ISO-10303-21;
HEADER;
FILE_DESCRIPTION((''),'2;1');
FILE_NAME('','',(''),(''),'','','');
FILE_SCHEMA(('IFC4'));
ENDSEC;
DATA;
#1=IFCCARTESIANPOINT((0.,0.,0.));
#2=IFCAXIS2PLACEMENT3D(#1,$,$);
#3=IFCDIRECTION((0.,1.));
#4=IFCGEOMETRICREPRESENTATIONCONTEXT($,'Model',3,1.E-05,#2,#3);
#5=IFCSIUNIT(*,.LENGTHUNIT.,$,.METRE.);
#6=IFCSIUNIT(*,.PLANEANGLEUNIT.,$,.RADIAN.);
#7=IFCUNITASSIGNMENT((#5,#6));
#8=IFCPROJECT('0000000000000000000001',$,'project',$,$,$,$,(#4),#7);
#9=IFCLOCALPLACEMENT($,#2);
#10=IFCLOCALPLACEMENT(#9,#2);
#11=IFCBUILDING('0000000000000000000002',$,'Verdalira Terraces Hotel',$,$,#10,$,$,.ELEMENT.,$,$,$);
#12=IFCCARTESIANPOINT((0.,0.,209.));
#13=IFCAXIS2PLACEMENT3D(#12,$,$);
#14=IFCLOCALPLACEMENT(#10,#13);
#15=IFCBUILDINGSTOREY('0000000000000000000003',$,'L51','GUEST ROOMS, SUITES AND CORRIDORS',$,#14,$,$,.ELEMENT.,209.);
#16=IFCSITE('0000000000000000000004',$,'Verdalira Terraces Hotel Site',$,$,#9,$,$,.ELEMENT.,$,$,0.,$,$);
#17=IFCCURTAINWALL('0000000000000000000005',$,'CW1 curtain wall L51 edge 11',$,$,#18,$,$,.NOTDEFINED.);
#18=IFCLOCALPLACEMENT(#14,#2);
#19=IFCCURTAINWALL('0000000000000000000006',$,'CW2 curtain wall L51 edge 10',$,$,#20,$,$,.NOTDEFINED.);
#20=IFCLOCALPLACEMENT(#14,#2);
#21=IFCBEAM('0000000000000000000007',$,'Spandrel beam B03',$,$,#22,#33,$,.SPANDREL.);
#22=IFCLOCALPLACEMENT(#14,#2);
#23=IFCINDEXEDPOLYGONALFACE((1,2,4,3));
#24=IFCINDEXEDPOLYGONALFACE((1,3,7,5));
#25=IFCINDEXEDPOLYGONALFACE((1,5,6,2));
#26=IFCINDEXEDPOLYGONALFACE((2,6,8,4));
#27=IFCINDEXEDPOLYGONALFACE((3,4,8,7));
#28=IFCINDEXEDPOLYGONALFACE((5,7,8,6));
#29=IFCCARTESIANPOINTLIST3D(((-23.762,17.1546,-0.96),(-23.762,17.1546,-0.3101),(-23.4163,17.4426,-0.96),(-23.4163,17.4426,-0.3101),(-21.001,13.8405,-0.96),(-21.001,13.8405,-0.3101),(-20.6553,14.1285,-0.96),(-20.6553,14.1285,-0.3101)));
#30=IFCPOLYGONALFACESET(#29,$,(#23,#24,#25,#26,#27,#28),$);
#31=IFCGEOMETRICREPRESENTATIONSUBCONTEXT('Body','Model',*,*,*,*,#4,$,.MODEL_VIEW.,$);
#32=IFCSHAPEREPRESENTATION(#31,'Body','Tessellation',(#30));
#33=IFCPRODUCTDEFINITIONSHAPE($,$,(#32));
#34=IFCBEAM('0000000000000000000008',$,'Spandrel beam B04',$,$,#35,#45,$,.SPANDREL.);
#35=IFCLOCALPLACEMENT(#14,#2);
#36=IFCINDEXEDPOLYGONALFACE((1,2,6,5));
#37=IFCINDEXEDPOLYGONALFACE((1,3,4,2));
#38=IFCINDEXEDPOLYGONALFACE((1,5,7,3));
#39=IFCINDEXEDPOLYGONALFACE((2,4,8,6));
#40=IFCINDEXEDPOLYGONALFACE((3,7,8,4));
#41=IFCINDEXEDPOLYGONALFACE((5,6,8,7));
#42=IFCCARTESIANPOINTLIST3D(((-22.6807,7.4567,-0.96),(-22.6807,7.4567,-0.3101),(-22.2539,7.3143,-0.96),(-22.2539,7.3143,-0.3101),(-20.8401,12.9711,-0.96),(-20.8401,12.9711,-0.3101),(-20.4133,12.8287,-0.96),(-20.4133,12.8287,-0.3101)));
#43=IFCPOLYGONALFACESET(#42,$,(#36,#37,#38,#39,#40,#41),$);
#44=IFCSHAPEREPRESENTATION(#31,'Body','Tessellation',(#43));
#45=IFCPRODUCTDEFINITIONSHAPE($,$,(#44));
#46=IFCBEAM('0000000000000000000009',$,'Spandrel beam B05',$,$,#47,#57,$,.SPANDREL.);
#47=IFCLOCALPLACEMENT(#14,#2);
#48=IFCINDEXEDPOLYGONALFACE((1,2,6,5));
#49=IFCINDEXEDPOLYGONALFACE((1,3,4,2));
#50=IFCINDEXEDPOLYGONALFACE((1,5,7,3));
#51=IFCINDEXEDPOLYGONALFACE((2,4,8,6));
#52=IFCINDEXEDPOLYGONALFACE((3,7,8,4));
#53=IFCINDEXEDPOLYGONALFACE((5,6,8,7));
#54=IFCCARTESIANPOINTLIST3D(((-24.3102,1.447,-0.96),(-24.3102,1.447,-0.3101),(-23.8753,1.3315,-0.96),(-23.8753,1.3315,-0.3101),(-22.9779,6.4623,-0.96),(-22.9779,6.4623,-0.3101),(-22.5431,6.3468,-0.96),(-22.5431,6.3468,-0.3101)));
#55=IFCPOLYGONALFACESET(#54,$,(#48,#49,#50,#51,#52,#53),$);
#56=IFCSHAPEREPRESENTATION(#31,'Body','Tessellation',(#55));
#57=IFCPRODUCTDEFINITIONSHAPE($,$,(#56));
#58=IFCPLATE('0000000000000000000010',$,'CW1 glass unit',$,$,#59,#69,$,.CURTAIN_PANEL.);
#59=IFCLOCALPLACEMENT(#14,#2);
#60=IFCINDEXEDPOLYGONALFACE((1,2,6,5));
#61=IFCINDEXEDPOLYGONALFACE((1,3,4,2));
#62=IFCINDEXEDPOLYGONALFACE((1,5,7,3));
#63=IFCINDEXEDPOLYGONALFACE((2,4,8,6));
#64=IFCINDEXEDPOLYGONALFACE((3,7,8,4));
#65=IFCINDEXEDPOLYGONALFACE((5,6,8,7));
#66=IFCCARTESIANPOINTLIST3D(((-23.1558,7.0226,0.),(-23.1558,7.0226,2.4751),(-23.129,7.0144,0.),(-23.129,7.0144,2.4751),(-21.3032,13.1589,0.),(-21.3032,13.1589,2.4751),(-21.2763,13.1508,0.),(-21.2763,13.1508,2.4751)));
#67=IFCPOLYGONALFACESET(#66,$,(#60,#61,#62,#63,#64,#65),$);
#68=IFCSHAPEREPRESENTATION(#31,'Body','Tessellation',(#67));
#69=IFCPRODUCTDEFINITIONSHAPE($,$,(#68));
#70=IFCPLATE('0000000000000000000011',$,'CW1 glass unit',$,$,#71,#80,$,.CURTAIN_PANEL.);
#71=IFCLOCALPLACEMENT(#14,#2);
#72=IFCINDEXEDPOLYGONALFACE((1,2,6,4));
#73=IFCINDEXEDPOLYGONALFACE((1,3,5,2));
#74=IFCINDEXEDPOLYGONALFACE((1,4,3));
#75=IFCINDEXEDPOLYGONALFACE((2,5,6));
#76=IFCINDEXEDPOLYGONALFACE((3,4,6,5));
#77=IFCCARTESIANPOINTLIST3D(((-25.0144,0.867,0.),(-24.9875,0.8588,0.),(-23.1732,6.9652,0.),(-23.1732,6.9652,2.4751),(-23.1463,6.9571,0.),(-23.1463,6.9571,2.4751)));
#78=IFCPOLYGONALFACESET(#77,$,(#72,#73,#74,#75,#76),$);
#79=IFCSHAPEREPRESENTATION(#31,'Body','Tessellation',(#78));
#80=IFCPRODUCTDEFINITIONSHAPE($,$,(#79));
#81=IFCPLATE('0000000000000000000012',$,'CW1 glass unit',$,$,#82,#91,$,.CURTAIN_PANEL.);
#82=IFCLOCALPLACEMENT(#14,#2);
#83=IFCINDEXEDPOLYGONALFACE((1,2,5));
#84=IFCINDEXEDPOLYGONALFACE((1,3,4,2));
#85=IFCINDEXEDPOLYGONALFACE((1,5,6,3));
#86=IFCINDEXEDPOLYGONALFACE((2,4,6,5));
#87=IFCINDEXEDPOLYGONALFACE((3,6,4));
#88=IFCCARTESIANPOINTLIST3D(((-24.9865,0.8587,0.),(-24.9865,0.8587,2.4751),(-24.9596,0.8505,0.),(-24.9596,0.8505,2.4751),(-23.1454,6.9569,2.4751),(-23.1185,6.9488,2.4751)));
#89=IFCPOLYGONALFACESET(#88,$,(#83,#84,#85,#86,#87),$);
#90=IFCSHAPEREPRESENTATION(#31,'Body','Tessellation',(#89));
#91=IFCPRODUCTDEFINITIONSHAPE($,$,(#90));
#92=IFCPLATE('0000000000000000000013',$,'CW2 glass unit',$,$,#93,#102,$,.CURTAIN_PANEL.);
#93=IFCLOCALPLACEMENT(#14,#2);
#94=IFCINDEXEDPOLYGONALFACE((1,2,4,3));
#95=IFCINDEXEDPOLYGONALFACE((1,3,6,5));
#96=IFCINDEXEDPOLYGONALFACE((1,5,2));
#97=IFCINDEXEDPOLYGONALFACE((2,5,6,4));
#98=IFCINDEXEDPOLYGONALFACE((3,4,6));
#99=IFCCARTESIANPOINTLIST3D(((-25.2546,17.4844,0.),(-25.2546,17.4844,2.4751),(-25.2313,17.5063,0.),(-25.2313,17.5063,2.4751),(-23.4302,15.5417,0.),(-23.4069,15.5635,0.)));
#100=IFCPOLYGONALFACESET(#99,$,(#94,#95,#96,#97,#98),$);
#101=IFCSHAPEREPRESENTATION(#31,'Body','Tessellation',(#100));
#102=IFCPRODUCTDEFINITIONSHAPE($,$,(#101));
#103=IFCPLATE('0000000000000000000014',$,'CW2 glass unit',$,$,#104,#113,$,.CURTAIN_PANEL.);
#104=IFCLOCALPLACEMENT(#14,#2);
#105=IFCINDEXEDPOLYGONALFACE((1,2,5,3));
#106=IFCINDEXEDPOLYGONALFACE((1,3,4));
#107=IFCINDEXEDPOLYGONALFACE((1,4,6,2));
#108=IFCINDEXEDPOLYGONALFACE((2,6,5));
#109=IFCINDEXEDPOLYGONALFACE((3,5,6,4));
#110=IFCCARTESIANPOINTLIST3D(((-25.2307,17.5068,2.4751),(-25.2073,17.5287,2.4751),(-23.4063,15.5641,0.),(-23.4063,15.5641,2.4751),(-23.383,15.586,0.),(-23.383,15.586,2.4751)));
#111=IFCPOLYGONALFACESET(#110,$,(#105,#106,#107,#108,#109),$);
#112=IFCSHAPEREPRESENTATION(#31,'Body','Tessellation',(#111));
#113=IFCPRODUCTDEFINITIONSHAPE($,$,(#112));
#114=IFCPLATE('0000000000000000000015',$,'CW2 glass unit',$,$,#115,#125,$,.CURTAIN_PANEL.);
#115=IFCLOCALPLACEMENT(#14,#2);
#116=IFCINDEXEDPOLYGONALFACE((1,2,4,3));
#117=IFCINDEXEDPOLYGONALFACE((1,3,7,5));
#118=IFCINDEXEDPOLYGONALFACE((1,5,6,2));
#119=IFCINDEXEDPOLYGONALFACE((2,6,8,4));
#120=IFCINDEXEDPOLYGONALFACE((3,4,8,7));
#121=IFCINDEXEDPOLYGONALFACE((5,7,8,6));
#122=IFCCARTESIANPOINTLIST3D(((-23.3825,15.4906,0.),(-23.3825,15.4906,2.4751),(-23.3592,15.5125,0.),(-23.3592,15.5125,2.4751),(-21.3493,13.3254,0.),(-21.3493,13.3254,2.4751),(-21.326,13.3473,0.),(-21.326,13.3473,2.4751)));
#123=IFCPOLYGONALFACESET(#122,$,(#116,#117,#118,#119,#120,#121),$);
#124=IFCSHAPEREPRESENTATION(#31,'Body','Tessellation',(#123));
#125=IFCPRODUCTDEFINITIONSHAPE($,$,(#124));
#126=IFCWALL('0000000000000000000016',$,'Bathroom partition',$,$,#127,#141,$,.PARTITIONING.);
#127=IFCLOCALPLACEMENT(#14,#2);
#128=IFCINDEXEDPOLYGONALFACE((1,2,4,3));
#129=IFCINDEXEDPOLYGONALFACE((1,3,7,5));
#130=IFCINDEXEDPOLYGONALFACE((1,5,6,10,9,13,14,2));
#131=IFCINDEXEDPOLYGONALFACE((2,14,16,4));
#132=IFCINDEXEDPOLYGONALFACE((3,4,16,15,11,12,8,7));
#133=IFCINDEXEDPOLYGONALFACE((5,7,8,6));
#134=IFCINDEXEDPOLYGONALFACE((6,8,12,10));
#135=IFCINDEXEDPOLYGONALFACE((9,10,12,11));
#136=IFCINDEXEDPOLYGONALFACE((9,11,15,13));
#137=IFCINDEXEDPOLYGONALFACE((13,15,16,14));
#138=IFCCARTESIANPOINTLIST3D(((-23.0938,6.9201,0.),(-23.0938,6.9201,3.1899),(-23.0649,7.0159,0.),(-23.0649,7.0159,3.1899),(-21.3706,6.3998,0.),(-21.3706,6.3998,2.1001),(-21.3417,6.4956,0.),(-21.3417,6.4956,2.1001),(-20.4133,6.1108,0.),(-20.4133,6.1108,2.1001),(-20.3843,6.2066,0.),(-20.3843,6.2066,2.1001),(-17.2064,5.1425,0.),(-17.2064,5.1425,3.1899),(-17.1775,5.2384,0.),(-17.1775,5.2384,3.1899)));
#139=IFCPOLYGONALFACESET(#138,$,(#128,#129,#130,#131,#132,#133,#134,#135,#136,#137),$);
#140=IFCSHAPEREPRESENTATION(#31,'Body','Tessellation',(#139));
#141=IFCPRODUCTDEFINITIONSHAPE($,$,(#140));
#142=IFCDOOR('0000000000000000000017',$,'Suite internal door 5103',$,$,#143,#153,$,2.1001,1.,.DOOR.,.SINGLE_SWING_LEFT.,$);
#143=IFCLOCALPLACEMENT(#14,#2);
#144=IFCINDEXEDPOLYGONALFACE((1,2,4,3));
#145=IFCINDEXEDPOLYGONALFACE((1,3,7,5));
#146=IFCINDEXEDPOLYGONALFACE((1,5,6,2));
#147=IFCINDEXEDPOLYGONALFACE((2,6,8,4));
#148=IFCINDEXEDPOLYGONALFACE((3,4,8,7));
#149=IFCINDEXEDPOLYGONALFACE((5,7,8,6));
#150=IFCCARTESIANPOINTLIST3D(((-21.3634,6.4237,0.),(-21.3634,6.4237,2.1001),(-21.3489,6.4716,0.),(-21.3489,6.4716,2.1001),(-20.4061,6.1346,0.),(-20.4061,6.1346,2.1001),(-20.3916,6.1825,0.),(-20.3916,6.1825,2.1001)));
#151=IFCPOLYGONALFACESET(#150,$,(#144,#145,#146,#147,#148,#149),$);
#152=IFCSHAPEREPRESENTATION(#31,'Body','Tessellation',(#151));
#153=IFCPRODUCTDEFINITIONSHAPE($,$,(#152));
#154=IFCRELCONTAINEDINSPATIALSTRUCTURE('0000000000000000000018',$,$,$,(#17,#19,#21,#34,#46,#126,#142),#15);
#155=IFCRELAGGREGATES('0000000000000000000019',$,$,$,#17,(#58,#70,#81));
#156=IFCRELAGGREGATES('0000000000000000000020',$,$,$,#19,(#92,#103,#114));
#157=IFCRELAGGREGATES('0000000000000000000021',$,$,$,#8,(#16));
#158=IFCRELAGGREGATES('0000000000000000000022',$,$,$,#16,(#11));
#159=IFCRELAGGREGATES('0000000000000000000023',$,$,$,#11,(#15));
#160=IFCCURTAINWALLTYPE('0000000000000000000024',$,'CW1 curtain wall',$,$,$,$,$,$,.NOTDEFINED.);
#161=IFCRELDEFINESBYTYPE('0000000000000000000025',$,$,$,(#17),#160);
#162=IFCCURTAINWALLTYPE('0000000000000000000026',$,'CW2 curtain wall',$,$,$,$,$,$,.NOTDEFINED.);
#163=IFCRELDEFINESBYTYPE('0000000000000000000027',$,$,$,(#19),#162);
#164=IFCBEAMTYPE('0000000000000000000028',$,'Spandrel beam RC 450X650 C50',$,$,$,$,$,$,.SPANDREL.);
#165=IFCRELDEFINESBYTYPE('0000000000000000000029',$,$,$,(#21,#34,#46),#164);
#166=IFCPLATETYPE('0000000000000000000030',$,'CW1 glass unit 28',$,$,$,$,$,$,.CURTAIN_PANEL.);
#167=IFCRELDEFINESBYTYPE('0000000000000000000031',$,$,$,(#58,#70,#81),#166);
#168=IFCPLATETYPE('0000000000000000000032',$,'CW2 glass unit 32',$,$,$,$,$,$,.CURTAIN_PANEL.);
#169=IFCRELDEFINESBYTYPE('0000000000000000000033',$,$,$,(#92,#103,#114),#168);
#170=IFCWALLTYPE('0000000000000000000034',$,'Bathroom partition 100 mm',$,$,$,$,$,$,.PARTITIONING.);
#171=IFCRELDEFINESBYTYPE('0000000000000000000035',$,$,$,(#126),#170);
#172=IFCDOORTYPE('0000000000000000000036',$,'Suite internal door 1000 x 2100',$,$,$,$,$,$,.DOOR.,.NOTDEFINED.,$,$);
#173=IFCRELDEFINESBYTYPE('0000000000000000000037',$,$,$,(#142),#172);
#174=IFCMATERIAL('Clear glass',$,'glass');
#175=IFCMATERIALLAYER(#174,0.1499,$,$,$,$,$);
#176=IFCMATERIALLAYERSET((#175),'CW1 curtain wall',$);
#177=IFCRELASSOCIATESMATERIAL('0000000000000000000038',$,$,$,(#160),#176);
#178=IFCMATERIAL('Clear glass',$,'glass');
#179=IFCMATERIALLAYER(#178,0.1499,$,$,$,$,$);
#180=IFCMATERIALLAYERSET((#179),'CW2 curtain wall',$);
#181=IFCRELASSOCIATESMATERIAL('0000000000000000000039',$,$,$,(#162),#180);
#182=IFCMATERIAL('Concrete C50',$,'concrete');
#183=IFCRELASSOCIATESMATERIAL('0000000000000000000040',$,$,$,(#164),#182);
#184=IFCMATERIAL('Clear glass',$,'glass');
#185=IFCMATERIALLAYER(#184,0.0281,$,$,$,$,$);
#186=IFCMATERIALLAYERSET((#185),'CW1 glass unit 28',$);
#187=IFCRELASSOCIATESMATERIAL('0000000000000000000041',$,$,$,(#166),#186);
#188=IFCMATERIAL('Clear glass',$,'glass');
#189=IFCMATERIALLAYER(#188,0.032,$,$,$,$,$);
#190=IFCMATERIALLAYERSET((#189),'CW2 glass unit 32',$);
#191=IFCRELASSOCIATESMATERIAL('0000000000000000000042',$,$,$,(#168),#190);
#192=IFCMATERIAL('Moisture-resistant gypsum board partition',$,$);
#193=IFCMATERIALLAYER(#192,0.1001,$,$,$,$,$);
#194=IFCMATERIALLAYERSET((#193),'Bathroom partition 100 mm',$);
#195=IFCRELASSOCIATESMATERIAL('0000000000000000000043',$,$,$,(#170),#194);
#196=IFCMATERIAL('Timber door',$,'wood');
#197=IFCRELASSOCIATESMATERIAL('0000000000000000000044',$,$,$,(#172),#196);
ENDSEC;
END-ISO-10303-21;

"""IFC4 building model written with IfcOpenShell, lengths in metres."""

from ifc_helpers import new_model, si_unit, direction, frame, frame_2d, origin, origin_2d, place, context, subcontext, project, spatial, polyline, rectangle, outline, extrude, material, layer, layer_set, material_profile, profile_set, type_object, element, fill, aggregate, save


model = new_model("IFC4")

# Units and contexts
model_context = context("Model", 3, precision=1e-05, world=origin(), true_north=direction((0.0, 1.0)))
body_context = subcontext(model_context, "Body", "Model", "MODEL_VIEW")
ifc_project = project(units=[si_unit("LENGTHUNIT", "METRE"), si_unit("PLANEANGLEUNIT", "RADIAN")], contexts=[model_context])

# Site, building, storey
site_placement = place(None, origin())
site = spatial("IfcSite", under=ifc_project, at=site_placement, Name="Verdalira Terraces Hotel Site", CompositionType="ELEMENT", RefElevation=0.0)
building_placement = place(site_placement, origin())
building = spatial("IfcBuilding", under=site, at=building_placement, Name="Verdalira Terraces Hotel", CompositionType="ELEMENT")
storey_placement = place(building_placement, frame((0.0, 0.0, 209.0)))
storey = spatial("IfcBuildingStorey", under=building, at=storey_placement, Name="L51", Description="GUEST ROOMS, SUITES AND CORRIDORS", CompositionType="ELEMENT", Elevation=209.0)

# Curtain wall
ifc_material_1 = material(Name="Clear glass", Category="glass")
ifc_layer_1 = layer(ifc_material_1, 0.1499)
ifc_layer_set_1 = layer_set([ifc_layer_1], Name="CW1 curtain wall")
curtain_wall_type_1 = type_object("IfcCurtainWallType", Name="CW1 curtain wall", PredefinedType="NOTDEFINED", material=ifc_layer_set_1)
curtain_wall_1_placement = place(storey_placement, origin())
curtain_wall_1 = element("IfcCurtainWall", 1, at=curtain_wall_1_placement, inside=storey, type_object=curtain_wall_type_1, Name="CW1 curtain wall L51 edge 11", PredefinedType="NOTDEFINED")

# Curtain wall
ifc_material_2 = material(Name="Clear glass", Category="glass")
ifc_layer_2 = layer(ifc_material_2, 0.1499)
ifc_layer_set_2 = layer_set([ifc_layer_2], Name="CW2 curtain wall")
curtain_wall_type_2 = type_object("IfcCurtainWallType", Name="CW2 curtain wall", PredefinedType="NOTDEFINED", material=ifc_layer_set_2)
curtain_wall_2_placement = place(storey_placement, origin())
curtain_wall_2 = element("IfcCurtainWall", 2, at=curtain_wall_2_placement, inside=storey, type_object=curtain_wall_type_2, Name="CW2 curtain wall L51 edge 10", PredefinedType="NOTDEFINED")

# Beams
ifc_material_3 = material(Name="Concrete C50", Category="concrete")
ifc_material_profile_1 = material_profile(ifc_material_3, rectangle(XDim=0.45, YDim=0.6499, at=origin_2d()), Name="RC 450X650")
ifc_profile_set_1 = profile_set([ifc_material_profile_1], Name="Concrete C50")
beam_type = type_object("IfcBeamType", Name="Spandrel beam RC 450X650 C50", PredefinedType="SPANDREL", material=ifc_profile_set_1)
beam_1_placement = place(storey_placement, frame((-23.5891, 17.2986, -0.635), z_axis=(0.640067, -0.768319, 0.0), x_axis=(0.768319, 0.640067, 0.0)))
element("IfcBeam", 3, at=beam_1_placement, inside=storey, type_object=beam_type, Name="Spandrel beam B03", PredefinedType="SPANDREL", context=body_context, shape_type="SweptSolid", body=[
    extrude(rectangle(XDim=0.45, YDim=0.6499, at=origin_2d()), origin(), (0.0, 0.0, 1.0), 4.3135),
])
beam_2_placement = place(storey_placement, frame((-20.6267, 12.8999, -0.635), z_axis=(-0.316606, -0.948557, 0.0), x_axis=(0.948557, -0.316606, 0.0)))
element("IfcBeam", 4, at=beam_2_placement, inside=storey, type_object=beam_type, Name="Spandrel beam B04", PredefinedType="SPANDREL", context=body_context, shape_type="SweptSolid", body=[
    extrude(rectangle(XDim=0.45, YDim=0.6499, at=origin_2d()), origin(), (0.0, 0.0, 1.0), 5.8135),
])
beam_3_placement = place(storey_placement, frame((-22.7605, 6.4045, -0.635), z_axis=(-0.256734, -0.966482, 0.0), x_axis=(0.966482, -0.256734, 0.0)))
element("IfcBeam", 5, at=beam_3_placement, inside=storey, type_object=beam_type, Name="Spandrel beam B05", PredefinedType="SPANDREL", context=body_context, shape_type="SweptSolid", body=[
    extrude(rectangle(XDim=0.45, YDim=0.6499, at=origin_2d()), origin(), (0.0, 0.0, 1.0), 5.1892),
])

# Plates
ifc_material_4 = material(Name="Clear glass", Category="glass")
ifc_layer_3 = layer(ifc_material_4, 0.0281)
ifc_layer_set_3 = layer_set([ifc_layer_3], Name="CW1 glass unit 28")
plate_type_1 = type_object("IfcPlateType", Name="CW1 glass unit 28", PredefinedType="CURTAIN_PANEL", material=ifc_layer_set_3)
plate_1_placement = place(storey_placement, frame((-22.2161, 10.0867, 0.0), z_axis=(0.0, 0.0, 1.0), x_axis=(-0.289032, -0.957319, 0.0)))
plate_1 = element("IfcPlate", 6, at=plate_1_placement, type_object=plate_type_1, Name="CW1 glass unit", PredefinedType="CURTAIN_PANEL", context=body_context, shape_type="SweptSolid", body=[
    extrude(rectangle(XDim=6.4099, YDim=0.0281, at=origin_2d()), origin(), (0.0, 0.0, 1.0), 2.4751),
])
plate_2_placement = place(storey_placement, frame((-24.0669, 3.908, 1.2375), z_axis=(-0.957319, 0.289032, 0.0), x_axis=(-0.289032, -0.957319, 0.0)))
plate_2 = element("IfcPlate", 7, at=plate_2_placement, type_object=plate_type_1, Name="CW1 glass unit", PredefinedType="CURTAIN_PANEL", context=body_context, shape_type="SweptSolid", body=[
    extrude(outline(polyline([(-3.1851, -1.2375), (3.1851, -1.2375), (-3.1851, 1.2375), (-3.1851, -1.2375)])), origin(), (0.0, 0.0, 1.0), 0.0281),
])
plate_3_placement = place(storey_placement, frame((-24.0391, 3.8997, 1.2375), z_axis=(-0.957319, 0.289032, 0.0), x_axis=(-0.289032, -0.957319, 0.0)))
plate_3 = element("IfcPlate", 8, at=plate_3_placement, type_object=plate_type_1, Name="CW1 glass unit", PredefinedType="CURTAIN_PANEL", context=body_context, shape_type="SweptSolid", body=[
    extrude(outline(polyline([(3.1851, -1.2375), (3.1851, 1.2375), (-3.1851, 1.2375), (3.1851, -1.2375)])), origin(), (0.0, 0.0, 1.0), 0.0281),
])
aggregate(curtain_wall_1, [plate_1, plate_2, plate_3])
ifc_material_5 = material(Name="Clear glass", Category="glass")
ifc_layer_4 = layer(ifc_material_5, 0.032)
ifc_layer_set_4 = layer_set([ifc_layer_4], Name="CW2 glass unit 32")
plate_type_2 = type_object("IfcPlateType", Name="CW2 glass unit 32", PredefinedType="CURTAIN_PANEL", material=ifc_layer_set_4)
plate_4_placement = place(storey_placement, frame((-24.3191, 16.5349, 1.2375), z_axis=(-0.728969, -0.684547, 0.0), x_axis=(0.684547, -0.728969, 0.0)))
plate_4 = element("IfcPlate", 9, at=plate_4_placement, type_object=plate_type_2, Name="CW2 glass unit", PredefinedType="CURTAIN_PANEL", context=body_context, shape_type="SweptSolid", body=[
    extrude(outline(polyline([(-1.3325, -1.2375), (1.3325, -1.2375), (-1.3325, 1.2375), (-1.3325, -1.2375)])), origin(), (0.0, 0.0, 1.0), 0.032),
])
plate_5_placement = place(storey_placement, frame((-24.2952, 16.5574, 1.2375), z_axis=(-0.728969, -0.684547, 0.0), x_axis=(0.684547, -0.728969, 0.0)))
plate_5 = element("IfcPlate", 10, at=plate_5_placement, type_object=plate_type_2, Name="CW2 glass unit", PredefinedType="CURTAIN_PANEL", context=body_context, shape_type="SweptSolid", body=[
    extrude(outline(polyline([(1.3325, -1.2375), (1.3325, 1.2375), (-1.3325, 1.2375), (1.3325, -1.2375)])), origin(), (0.0, 0.0, 1.0), 0.032),
])
plate_6_placement = place(storey_placement, frame((-22.3542, 14.4189, 0.0), z_axis=(0.0, 0.0, 1.0), x_axis=(0.684547, -0.728969, 0.0)))
plate_6 = element("IfcPlate", 11, at=plate_6_placement, type_object=plate_type_2, Name="CW2 glass unit", PredefinedType="CURTAIN_PANEL", context=body_context, shape_type="SweptSolid", body=[
    extrude(rectangle(XDim=2.9702, YDim=0.032, at=origin_2d()), origin(), (0.0, 0.0, 1.0), 2.4751),
])
aggregate(curtain_wall_2, [plate_4, plate_5, plate_6])

# Wall, opening, door
ifc_material_6 = material(Name="Moisture-resistant gypsum board partition")
ifc_layer_5 = layer(ifc_material_6, 0.1001)
ifc_layer_set_5 = layer_set([ifc_layer_5], Name="Bathroom partition 100 mm")
wall_type_1 = type_object("IfcWallType", Name="Bathroom partition 100 mm", PredefinedType="PARTITIONING", material=ifc_layer_set_5)
wall_1_placement = place(storey_placement, frame((-23.0793, 6.968, 0.0), z_axis=(0.0, 0.0, 1.0), x_axis=(0.957317, -0.289041, 0.0)))
wall_1 = element("IfcWall", 12, at=wall_1_placement, inside=storey, type_object=wall_type_1, Name="Bathroom partition", PredefinedType="PARTITIONING", context=body_context, shape_type="SweptSolid", body=[
    extrude(rectangle(XDim=6.1499, YDim=0.1001, at=frame_2d((3.075, 0.0))), origin(), (0.0, 0.0, 1.0), 3.1899),
])
opening_1_placement = place(wall_1_placement, frame((1.8, 0.0, 0.0)))
opening_1 = element("IfcOpeningElement", 13, at=opening_1_placement, cuts=wall_1, PredefinedType="OPENING", context=body_context, shape_type="SweptSolid", body=[
    extrude(rectangle(XDim=1.0, YDim=2.1001, at=frame_2d((0.5, 1.05))), frame((0.0, 0.0601, 0.0), z_axis=(0.0, -1.0, 0.0), x_axis=(1.0, 0.0, 0.0)), (0.0, 0.0, 1.0), 0.1201),
])
ifc_material_7 = material(Name="Timber door", Category="wood")
door_type_1 = type_object("IfcDoorType", Name="Suite internal door 1000 x 2100", OperationType="NOTDEFINED", PredefinedType="DOOR", material=ifc_material_7)
door_1_placement = place(opening_1_placement, origin())
door_1 = element("IfcDoor", 14, at=door_1_placement, inside=storey, type_object=door_type_1, Name="Suite internal door 5103", OperationType="SINGLE_SWING_LEFT", OverallHeight=2.1001, OverallWidth=1.0, PredefinedType="DOOR", context=body_context, shape_type="SweptSolid", body=[
    extrude(rectangle(XDim=1.0, YDim=2.1001, at=frame_2d((0.5, 1.05))), frame((0.0, 0.0249, 0.0), z_axis=(0.0, -1.0, 0.0), x_axis=(1.0, 0.0, 0.0)), (0.0, 0.0, 1.0), 0.05),
])
fill(opening_1, door_1)

save(model, "model.ifc")
